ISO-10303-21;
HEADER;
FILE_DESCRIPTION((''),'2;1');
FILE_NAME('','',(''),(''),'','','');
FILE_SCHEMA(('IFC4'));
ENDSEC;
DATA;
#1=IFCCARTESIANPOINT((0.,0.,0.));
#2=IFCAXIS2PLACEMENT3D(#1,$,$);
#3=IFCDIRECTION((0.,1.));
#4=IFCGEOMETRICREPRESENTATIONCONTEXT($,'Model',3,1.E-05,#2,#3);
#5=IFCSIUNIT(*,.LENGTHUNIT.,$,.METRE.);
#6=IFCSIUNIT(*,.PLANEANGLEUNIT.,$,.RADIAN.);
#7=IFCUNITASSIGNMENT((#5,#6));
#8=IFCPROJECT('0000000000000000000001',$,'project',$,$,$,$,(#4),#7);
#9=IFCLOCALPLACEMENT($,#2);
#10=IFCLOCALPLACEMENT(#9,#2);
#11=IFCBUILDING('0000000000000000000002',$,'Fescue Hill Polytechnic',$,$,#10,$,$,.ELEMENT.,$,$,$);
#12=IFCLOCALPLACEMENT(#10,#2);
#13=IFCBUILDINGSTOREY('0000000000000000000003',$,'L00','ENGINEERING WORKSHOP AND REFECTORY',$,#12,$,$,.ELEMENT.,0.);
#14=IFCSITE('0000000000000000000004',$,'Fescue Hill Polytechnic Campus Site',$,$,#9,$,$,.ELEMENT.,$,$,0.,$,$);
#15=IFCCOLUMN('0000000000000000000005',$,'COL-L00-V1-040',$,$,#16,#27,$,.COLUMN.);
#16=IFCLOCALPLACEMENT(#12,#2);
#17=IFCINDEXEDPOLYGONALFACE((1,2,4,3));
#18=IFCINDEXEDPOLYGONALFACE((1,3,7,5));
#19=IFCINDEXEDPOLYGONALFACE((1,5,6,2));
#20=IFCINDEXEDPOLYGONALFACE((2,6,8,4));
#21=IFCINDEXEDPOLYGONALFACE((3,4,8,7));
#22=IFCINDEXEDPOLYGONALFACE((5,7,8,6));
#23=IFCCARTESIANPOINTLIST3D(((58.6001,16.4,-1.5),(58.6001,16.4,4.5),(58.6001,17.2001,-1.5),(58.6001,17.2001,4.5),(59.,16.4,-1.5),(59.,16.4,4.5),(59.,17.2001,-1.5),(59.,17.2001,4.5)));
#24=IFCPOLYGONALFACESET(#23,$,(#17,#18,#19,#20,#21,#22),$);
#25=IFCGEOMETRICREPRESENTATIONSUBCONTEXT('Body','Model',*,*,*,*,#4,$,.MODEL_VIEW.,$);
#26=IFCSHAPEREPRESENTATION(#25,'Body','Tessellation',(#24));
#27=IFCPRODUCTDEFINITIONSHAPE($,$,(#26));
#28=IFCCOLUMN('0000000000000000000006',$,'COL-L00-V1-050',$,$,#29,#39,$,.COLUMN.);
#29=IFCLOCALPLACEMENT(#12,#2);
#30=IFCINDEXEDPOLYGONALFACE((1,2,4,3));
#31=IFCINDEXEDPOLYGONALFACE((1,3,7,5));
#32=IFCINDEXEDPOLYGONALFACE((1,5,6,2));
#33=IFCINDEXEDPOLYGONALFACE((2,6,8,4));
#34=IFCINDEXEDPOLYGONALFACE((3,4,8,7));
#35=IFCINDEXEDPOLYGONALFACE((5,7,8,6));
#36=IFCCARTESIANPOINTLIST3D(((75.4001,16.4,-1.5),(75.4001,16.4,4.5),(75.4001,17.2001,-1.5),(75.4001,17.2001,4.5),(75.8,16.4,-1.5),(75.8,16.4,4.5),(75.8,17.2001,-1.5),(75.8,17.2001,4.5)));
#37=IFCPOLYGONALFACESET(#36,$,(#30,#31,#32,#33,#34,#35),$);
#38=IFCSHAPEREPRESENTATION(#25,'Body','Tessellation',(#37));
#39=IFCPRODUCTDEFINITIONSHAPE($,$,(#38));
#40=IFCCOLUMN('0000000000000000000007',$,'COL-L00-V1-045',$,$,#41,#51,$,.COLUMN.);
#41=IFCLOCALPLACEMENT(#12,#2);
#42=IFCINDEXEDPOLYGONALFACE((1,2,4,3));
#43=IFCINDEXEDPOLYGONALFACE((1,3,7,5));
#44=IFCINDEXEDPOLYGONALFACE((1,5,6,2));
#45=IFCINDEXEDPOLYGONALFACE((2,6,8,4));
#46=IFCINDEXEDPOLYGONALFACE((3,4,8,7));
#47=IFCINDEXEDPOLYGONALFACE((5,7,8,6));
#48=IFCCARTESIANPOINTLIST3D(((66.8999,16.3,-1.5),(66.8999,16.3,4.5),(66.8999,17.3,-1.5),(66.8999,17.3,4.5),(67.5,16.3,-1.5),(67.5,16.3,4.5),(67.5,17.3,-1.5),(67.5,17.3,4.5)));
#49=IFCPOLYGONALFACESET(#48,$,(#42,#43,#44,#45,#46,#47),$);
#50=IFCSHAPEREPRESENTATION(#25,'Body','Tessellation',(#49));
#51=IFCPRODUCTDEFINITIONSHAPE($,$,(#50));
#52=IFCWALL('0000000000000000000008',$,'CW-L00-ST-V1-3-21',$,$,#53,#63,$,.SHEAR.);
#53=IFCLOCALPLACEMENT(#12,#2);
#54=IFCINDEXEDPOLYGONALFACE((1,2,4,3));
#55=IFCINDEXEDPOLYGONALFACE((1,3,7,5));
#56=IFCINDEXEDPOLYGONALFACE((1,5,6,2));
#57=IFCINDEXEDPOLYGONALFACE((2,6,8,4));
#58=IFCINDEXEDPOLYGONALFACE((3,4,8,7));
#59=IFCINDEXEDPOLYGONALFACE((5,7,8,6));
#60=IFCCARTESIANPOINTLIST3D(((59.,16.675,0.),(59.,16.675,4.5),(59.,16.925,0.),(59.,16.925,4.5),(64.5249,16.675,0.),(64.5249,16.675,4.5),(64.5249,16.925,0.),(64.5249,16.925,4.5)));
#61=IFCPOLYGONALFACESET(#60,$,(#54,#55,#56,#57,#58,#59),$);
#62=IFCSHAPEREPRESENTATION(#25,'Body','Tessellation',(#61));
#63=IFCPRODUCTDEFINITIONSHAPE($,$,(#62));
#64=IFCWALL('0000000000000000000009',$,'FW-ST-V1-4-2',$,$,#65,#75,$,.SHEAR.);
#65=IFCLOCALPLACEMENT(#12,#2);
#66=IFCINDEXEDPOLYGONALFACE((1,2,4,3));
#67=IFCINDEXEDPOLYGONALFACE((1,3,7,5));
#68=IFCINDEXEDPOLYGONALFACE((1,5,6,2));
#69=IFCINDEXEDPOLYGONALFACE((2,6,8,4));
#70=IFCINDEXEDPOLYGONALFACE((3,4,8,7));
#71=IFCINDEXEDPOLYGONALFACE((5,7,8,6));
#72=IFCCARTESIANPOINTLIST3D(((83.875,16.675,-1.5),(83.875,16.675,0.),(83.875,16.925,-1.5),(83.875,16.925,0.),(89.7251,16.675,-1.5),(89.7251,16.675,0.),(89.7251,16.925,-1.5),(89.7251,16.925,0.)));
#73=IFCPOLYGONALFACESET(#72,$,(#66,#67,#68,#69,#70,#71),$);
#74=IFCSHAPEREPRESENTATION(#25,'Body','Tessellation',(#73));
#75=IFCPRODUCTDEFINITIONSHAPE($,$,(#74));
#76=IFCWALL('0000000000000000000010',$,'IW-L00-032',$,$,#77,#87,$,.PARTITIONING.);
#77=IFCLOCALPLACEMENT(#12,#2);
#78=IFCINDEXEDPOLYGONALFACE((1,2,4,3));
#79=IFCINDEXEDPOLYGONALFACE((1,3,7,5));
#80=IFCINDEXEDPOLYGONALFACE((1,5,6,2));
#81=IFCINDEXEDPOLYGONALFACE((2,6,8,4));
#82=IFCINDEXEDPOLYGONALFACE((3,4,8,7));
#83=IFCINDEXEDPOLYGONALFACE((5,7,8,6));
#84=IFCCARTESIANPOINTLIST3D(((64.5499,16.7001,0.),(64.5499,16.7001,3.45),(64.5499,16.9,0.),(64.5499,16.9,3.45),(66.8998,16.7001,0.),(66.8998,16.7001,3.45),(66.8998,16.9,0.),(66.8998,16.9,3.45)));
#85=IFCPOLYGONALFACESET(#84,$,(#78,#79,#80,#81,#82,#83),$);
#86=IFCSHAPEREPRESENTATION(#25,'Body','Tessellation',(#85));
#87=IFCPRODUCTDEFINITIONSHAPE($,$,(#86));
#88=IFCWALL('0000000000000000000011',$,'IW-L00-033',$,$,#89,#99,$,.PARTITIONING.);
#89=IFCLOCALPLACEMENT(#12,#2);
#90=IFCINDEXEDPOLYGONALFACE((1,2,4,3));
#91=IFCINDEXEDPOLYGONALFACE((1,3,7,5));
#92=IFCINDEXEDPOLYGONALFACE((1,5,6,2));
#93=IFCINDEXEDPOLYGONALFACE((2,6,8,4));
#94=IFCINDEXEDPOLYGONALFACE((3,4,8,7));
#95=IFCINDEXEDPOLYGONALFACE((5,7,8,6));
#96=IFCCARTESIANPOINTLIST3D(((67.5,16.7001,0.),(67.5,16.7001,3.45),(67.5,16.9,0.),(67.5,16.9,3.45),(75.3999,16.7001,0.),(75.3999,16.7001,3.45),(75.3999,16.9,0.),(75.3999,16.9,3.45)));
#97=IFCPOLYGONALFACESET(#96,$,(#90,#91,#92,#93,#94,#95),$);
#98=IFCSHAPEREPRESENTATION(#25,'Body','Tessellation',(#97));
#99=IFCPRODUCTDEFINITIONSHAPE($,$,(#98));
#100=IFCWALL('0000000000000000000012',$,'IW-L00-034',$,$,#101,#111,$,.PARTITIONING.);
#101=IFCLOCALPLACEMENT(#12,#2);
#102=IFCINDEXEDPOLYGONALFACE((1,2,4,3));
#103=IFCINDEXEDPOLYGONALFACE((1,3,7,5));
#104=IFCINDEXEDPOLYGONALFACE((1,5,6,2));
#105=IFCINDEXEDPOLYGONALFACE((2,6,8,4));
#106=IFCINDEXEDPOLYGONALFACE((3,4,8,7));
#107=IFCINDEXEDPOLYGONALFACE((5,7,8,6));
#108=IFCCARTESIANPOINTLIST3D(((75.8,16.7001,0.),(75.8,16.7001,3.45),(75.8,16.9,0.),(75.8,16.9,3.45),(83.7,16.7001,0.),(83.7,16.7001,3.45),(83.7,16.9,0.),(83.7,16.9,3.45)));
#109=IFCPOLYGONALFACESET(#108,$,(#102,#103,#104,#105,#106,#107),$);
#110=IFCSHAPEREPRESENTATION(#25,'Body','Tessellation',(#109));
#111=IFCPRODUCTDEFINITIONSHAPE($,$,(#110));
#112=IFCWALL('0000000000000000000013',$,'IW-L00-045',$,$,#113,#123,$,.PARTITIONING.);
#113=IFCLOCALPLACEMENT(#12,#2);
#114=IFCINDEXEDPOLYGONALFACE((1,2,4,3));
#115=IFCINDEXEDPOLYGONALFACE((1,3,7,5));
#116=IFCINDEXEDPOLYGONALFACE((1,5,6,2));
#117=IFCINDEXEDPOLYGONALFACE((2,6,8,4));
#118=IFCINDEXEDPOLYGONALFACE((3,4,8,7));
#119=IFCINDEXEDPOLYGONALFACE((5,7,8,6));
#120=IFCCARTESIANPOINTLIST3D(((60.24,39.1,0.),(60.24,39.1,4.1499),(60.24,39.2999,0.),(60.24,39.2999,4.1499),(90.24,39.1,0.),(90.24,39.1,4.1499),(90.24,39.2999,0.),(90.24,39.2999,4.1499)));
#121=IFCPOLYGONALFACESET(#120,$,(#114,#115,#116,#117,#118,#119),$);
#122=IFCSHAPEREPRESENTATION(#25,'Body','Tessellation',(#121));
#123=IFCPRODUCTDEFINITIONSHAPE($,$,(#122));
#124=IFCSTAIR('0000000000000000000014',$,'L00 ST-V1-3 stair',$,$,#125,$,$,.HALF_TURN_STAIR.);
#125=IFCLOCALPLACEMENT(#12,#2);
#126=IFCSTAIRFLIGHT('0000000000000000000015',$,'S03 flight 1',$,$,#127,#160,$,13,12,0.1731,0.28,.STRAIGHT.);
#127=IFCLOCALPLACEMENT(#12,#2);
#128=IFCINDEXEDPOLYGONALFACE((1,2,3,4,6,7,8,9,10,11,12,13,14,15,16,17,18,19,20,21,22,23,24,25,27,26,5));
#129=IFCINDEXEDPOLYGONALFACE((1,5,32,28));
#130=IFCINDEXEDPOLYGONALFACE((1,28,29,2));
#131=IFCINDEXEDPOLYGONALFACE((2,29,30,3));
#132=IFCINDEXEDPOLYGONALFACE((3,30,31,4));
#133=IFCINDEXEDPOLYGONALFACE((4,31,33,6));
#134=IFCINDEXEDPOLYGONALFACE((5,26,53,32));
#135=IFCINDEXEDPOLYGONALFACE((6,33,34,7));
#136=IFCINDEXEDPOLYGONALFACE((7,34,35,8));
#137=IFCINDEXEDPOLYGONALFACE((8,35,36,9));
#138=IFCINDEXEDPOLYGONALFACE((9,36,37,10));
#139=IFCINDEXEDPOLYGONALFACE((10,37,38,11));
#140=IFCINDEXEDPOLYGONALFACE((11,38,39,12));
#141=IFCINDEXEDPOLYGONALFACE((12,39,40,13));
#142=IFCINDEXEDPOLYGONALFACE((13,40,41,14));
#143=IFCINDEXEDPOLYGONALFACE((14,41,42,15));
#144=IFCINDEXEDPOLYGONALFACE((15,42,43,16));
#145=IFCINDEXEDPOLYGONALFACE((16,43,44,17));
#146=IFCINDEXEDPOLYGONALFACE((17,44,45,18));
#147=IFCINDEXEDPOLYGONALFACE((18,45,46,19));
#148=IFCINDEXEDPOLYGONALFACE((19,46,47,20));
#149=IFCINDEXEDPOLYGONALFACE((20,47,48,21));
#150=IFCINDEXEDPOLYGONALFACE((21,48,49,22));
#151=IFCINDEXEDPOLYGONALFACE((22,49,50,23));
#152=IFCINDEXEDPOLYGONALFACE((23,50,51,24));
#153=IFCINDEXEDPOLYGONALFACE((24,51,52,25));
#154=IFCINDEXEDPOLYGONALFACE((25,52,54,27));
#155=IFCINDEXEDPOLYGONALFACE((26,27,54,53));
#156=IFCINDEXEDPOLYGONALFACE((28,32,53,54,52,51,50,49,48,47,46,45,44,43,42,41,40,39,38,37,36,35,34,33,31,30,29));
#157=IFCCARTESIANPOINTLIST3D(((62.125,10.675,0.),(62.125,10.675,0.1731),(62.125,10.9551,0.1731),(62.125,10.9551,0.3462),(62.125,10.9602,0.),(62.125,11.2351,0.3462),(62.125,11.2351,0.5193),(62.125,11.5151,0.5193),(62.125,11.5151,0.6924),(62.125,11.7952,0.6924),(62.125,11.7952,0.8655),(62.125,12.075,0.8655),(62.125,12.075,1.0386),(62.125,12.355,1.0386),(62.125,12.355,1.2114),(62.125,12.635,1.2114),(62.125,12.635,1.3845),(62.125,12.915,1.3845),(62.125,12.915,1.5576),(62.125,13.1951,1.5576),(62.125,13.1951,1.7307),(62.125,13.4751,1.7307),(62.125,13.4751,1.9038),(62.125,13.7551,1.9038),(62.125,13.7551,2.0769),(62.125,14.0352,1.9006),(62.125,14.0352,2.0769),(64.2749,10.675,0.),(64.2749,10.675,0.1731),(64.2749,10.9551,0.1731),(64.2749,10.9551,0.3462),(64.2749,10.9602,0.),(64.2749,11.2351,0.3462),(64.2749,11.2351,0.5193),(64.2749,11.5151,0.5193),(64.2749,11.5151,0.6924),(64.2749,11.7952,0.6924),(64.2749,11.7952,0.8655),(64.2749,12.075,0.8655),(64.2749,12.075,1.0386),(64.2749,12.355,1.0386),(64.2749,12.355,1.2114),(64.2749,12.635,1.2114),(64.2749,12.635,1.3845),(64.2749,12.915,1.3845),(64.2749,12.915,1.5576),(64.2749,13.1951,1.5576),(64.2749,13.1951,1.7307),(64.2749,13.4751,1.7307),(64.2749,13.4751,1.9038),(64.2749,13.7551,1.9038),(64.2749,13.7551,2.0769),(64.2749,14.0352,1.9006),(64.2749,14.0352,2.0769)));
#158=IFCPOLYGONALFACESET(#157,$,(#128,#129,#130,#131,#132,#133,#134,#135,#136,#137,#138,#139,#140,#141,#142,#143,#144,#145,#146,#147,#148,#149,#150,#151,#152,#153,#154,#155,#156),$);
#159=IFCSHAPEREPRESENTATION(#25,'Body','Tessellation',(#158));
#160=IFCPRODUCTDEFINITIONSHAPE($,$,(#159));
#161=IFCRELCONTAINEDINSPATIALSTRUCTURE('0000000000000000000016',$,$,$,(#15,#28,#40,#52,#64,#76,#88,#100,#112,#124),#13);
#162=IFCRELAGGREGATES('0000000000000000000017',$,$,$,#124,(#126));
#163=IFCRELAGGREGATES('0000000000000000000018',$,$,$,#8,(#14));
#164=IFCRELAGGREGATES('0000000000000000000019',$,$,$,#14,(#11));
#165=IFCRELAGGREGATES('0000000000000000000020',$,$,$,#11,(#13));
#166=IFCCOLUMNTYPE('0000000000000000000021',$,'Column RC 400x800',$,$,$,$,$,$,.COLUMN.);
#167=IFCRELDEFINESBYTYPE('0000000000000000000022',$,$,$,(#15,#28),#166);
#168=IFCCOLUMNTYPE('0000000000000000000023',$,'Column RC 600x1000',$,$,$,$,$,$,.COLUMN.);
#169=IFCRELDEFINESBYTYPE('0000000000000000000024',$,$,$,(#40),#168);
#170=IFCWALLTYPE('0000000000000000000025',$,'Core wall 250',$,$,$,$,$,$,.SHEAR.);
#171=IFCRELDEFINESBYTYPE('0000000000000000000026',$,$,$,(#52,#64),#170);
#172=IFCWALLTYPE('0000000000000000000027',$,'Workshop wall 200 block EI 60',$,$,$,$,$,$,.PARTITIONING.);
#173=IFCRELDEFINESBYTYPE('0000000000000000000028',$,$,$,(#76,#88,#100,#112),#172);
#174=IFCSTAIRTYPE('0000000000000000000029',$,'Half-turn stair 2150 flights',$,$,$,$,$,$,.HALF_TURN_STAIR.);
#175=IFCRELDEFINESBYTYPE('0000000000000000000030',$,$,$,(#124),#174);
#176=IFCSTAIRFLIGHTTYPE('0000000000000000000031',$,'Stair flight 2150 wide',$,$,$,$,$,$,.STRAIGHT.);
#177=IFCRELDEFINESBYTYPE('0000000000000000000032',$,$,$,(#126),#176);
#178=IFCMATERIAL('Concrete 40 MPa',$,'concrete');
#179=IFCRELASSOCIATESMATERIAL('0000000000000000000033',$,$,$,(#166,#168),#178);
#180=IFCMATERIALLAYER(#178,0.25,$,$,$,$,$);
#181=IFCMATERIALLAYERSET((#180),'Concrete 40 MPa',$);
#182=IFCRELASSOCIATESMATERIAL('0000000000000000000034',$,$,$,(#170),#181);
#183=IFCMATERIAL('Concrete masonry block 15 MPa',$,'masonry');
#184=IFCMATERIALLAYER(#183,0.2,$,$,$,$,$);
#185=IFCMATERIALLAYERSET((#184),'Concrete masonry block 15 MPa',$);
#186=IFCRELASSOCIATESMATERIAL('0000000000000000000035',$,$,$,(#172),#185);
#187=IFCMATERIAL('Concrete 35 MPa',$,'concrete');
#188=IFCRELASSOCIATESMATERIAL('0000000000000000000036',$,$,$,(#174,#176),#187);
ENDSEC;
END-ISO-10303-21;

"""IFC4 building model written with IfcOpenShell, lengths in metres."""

from ifc_helpers import new_model, si_unit, direction, frame, frame_2d, origin, origin_2d, place, context, subcontext, project, spatial, polyline, rectangle, outline, extrude, material, layer, layer_set, material_profile, profile_set, type_object, element, aggregate, save


model = new_model("IFC4")

# Units and contexts
model_context = context("Model", 3, precision=1e-05, world=origin(), true_north=direction((0.0, 1.0)))
body_context = subcontext(model_context, "Body", "Model", "MODEL_VIEW")
ifc_project = project(units=[si_unit("LENGTHUNIT", "METRE"), si_unit("PLANEANGLEUNIT", "RADIAN")], contexts=[model_context])

# Site, building, storey
site_placement = place(None, origin())
site = spatial("IfcSite", under=ifc_project, at=site_placement, Name="Fescue Hill Polytechnic Campus Site", CompositionType="ELEMENT", RefElevation=0.0)
building_placement = place(site_placement, origin())
building = spatial("IfcBuilding", under=site, at=building_placement, Name="Fescue Hill Polytechnic", CompositionType="ELEMENT")
storey_placement = place(building_placement, origin())
storey = spatial("IfcBuildingStorey", under=building, at=storey_placement, Name="L00", Description="ENGINEERING WORKSHOP AND REFECTORY", CompositionType="ELEMENT", Elevation=0.0)

# Columns
ifc_material_1 = material(Name="Concrete 40 MPa", Category="concrete")
ifc_material_profile_1 = material_profile(ifc_material_1, rectangle(XDim=0.3999, YDim=0.8, at=origin_2d()), Name="RC 400x800")
ifc_profile_set_1 = profile_set([ifc_material_profile_1], Name="Concrete 40 MPa")
column_type_1 = type_object("IfcColumnType", Name="Column RC 400x800", PredefinedType="COLUMN", material=ifc_profile_set_1)
for number, where, z_axis, x_axis, name in (
    (1, (58.8, 16.8, -1.5), (0.0, 0.0, 1.0), (1.0, 0.0, 0.0), "COL-L00-V1-040"),
    (2, (75.6001, 16.8, -1.5), (0.0, 0.0, 1.0), (1.0, 0.0, 0.0), "COL-L00-V1-050"),
):
    element("IfcColumn", number, at=place(storey_placement, frame(where, z_axis=z_axis, x_axis=x_axis)), inside=storey, type_object=column_type_1, Name=name, PredefinedType="COLUMN", context=body_context, shape_type="SweptSolid", body=[
        extrude(rectangle(XDim=0.3999, YDim=0.8, at=origin_2d()), origin(), (0.0, 0.0, 1.0), 6.0),
    ])
ifc_material_profile_2 = material_profile(ifc_material_1, rectangle(XDim=0.6001, YDim=1.0, at=origin_2d()), Name="RC 600x1000")
ifc_profile_set_2 = profile_set([ifc_material_profile_2], Name="Concrete 40 MPa")
column_type_2 = type_object("IfcColumnType", Name="Column RC 600x1000", PredefinedType="COLUMN", material=ifc_profile_set_2)
column_placement = place(storey_placement, frame((67.2, 16.8, -1.5), z_axis=(0.0, 0.0, 1.0), x_axis=(1.0, 0.0, 0.0)))
element("IfcColumn", 3, at=column_placement, inside=storey, type_object=column_type_2, Name="COL-L00-V1-045", PredefinedType="COLUMN", context=body_context, shape_type="SweptSolid", body=[
    extrude(rectangle(XDim=0.6001, YDim=1.0, at=origin_2d()), origin(), (0.0, 0.0, 1.0), 6.0),
])

# Walls
ifc_layer_1 = layer(ifc_material_1, 0.25)
ifc_layer_set_1 = layer_set([ifc_layer_1], Name="Concrete 40 MPa")
wall_type_1 = type_object("IfcWallType", Name="Core wall 250", PredefinedType="SHEAR", material=ifc_layer_set_1)
wall_1_placement = place(storey_placement, frame((59.0, 16.8, 0.0), z_axis=(0.0, 0.0, 1.0), x_axis=(1.0, 0.0, 0.0)))
element("IfcWall", 4, at=wall_1_placement, inside=storey, type_object=wall_type_1, Name="CW-L00-ST-V1-3-21", PredefinedType="SHEAR", context=body_context, shape_type="SweptSolid", body=[
    extrude(rectangle(XDim=5.5249, YDim=0.25, at=frame_2d((2.7625, 0.0))), origin(), (0.0, 0.0, 1.0), 4.5),
])
wall_2_placement = place(storey_placement, frame((83.875, 16.8, -1.5), z_axis=(0.0, 0.0, 1.0), x_axis=(1.0, 0.0, 0.0)))
element("IfcWall", 5, at=wall_2_placement, inside=storey, type_object=wall_type_1, Name="FW-ST-V1-4-2", PredefinedType="SHEAR", context=body_context, shape_type="SweptSolid", body=[
    extrude(rectangle(XDim=5.8501, YDim=0.25, at=frame_2d((2.925, 0.0))), origin(), (0.0, 0.0, 1.0), 1.5),
])
ifc_material_2 = material(Name="Concrete masonry block 15 MPa", Category="masonry")
ifc_layer_2 = layer(ifc_material_2, 0.2)
ifc_layer_set_2 = layer_set([ifc_layer_2], Name="Concrete masonry block 15 MPa")
wall_type_2 = type_object("IfcWallType", Name="Workshop wall 200 block EI 60", PredefinedType="PARTITIONING", material=ifc_layer_set_2)
wall_3_placement = place(storey_placement, frame((64.55, 16.8, 0.0), z_axis=(0.0, 0.0, 1.0), x_axis=(1.0, 0.0, 0.0)))
element("IfcWall", 6, at=wall_3_placement, inside=storey, type_object=wall_type_2, Name="IW-L00-032", PredefinedType="PARTITIONING", context=body_context, shape_type="SweptSolid", body=[
    extrude(rectangle(XDim=2.3499, YDim=0.2, at=frame_2d((1.1748, 0.0))), origin(), (0.0, 0.0, 1.0), 3.45),
])
for number, where, z_axis, x_axis, name in (
    (7, (67.5, 16.8, 0.0), (0.0, 0.0, 1.0), (1.0, 0.0, 0.0), "IW-L00-033"),
    (8, (75.8, 16.8, 0.0), (0.0, 0.0, 1.0), (1.0, 0.0, 0.0), "IW-L00-034"),
):
    element("IfcWall", number, at=place(storey_placement, frame(where, z_axis=z_axis, x_axis=x_axis)), inside=storey, type_object=wall_type_2, Name=name, PredefinedType="PARTITIONING", context=body_context, shape_type="SweptSolid", body=[
        extrude(rectangle(XDim=7.8999, YDim=0.2, at=frame_2d((3.95, 0.0))), origin(), (0.0, 0.0, 1.0), 3.45),
    ])
wall_4_placement = place(storey_placement, frame((60.24, 39.2, 0.0), z_axis=(0.0, 0.0, 1.0), x_axis=(1.0, 0.0, 0.0)))
element("IfcWall", 9, at=wall_4_placement, inside=storey, type_object=wall_type_2, Name="IW-L00-045", PredefinedType="PARTITIONING", context=body_context, shape_type="SweptSolid", body=[
    extrude(rectangle(XDim=30.0, YDim=0.2, at=frame_2d((15.0, 0.0))), origin(), (0.0, 0.0, 1.0), 4.1499),
])

# Stair, stair flight
ifc_material_3 = material(Name="Concrete 35 MPa", Category="concrete")
stair_type = type_object("IfcStairType", Name="Half-turn stair 2150 flights", PredefinedType="HALF_TURN_STAIR", material=ifc_material_3)
stair_placement = place(storey_placement, origin())
stair = element("IfcStair", 10, at=stair_placement, inside=storey, type_object=stair_type, Name="L00 ST-V1-3 stair", PredefinedType="HALF_TURN_STAIR")
stair_flight_type = type_object("IfcStairFlightType", Name="Stair flight 2150 wide", PredefinedType="STRAIGHT", material=ifc_material_3)
stair_flight_1_placement = place(storey_placement, frame((63.2, 10.675, 0.0), z_axis=(0.0, 0.0, 1.0), x_axis=(0.0, 1.0, 0.0)))
stair_flight_1 = element("IfcStairFlight", 11, at=stair_flight_1_placement, type_object=stair_flight_type, Name="S03 flight 1", NumberOfRisers=13, NumberOfTreads=12, PredefinedType="STRAIGHT", RiserHeight=0.1731, TreadLength=0.28, context=body_context, shape_type="SweptSolid", body=[
    extrude(outline(polyline([(0.0, 0.0), (0.0, 0.1731), (0.28, 0.1731), (0.28, 0.3462), (0.5601, 0.3462), (0.5601, 0.5193), (0.8401, 0.5193), (0.8401, 0.6924), (1.1201, 0.6924), (1.1201, 0.8655), (1.3999, 0.8655), (1.3999, 1.0386), (1.6799, 1.0386), (1.6799, 1.2114), (1.96, 1.2114), (1.96, 1.3845), (2.24, 1.3845), (2.24, 1.5576), (2.52, 1.5576), (2.52, 1.7307), (2.8, 1.7307), (2.8, 1.9038), (3.0801, 1.9038), (3.0801, 2.0769), (3.3601, 2.0769), (3.3601, 2.25), (3.3601, 1.9006), (0.2852, 0.0), (0.0, 0.0)])), frame((0.0, 1.075, 0.0), z_axis=(0.0, -1.0, 0.0), x_axis=(1.0, 0.0, 0.0)), (0.0, 0.0, 1.0), 2.1499),
])
aggregate(stair, [stair_flight_1])

save(model, "model.ifc")
